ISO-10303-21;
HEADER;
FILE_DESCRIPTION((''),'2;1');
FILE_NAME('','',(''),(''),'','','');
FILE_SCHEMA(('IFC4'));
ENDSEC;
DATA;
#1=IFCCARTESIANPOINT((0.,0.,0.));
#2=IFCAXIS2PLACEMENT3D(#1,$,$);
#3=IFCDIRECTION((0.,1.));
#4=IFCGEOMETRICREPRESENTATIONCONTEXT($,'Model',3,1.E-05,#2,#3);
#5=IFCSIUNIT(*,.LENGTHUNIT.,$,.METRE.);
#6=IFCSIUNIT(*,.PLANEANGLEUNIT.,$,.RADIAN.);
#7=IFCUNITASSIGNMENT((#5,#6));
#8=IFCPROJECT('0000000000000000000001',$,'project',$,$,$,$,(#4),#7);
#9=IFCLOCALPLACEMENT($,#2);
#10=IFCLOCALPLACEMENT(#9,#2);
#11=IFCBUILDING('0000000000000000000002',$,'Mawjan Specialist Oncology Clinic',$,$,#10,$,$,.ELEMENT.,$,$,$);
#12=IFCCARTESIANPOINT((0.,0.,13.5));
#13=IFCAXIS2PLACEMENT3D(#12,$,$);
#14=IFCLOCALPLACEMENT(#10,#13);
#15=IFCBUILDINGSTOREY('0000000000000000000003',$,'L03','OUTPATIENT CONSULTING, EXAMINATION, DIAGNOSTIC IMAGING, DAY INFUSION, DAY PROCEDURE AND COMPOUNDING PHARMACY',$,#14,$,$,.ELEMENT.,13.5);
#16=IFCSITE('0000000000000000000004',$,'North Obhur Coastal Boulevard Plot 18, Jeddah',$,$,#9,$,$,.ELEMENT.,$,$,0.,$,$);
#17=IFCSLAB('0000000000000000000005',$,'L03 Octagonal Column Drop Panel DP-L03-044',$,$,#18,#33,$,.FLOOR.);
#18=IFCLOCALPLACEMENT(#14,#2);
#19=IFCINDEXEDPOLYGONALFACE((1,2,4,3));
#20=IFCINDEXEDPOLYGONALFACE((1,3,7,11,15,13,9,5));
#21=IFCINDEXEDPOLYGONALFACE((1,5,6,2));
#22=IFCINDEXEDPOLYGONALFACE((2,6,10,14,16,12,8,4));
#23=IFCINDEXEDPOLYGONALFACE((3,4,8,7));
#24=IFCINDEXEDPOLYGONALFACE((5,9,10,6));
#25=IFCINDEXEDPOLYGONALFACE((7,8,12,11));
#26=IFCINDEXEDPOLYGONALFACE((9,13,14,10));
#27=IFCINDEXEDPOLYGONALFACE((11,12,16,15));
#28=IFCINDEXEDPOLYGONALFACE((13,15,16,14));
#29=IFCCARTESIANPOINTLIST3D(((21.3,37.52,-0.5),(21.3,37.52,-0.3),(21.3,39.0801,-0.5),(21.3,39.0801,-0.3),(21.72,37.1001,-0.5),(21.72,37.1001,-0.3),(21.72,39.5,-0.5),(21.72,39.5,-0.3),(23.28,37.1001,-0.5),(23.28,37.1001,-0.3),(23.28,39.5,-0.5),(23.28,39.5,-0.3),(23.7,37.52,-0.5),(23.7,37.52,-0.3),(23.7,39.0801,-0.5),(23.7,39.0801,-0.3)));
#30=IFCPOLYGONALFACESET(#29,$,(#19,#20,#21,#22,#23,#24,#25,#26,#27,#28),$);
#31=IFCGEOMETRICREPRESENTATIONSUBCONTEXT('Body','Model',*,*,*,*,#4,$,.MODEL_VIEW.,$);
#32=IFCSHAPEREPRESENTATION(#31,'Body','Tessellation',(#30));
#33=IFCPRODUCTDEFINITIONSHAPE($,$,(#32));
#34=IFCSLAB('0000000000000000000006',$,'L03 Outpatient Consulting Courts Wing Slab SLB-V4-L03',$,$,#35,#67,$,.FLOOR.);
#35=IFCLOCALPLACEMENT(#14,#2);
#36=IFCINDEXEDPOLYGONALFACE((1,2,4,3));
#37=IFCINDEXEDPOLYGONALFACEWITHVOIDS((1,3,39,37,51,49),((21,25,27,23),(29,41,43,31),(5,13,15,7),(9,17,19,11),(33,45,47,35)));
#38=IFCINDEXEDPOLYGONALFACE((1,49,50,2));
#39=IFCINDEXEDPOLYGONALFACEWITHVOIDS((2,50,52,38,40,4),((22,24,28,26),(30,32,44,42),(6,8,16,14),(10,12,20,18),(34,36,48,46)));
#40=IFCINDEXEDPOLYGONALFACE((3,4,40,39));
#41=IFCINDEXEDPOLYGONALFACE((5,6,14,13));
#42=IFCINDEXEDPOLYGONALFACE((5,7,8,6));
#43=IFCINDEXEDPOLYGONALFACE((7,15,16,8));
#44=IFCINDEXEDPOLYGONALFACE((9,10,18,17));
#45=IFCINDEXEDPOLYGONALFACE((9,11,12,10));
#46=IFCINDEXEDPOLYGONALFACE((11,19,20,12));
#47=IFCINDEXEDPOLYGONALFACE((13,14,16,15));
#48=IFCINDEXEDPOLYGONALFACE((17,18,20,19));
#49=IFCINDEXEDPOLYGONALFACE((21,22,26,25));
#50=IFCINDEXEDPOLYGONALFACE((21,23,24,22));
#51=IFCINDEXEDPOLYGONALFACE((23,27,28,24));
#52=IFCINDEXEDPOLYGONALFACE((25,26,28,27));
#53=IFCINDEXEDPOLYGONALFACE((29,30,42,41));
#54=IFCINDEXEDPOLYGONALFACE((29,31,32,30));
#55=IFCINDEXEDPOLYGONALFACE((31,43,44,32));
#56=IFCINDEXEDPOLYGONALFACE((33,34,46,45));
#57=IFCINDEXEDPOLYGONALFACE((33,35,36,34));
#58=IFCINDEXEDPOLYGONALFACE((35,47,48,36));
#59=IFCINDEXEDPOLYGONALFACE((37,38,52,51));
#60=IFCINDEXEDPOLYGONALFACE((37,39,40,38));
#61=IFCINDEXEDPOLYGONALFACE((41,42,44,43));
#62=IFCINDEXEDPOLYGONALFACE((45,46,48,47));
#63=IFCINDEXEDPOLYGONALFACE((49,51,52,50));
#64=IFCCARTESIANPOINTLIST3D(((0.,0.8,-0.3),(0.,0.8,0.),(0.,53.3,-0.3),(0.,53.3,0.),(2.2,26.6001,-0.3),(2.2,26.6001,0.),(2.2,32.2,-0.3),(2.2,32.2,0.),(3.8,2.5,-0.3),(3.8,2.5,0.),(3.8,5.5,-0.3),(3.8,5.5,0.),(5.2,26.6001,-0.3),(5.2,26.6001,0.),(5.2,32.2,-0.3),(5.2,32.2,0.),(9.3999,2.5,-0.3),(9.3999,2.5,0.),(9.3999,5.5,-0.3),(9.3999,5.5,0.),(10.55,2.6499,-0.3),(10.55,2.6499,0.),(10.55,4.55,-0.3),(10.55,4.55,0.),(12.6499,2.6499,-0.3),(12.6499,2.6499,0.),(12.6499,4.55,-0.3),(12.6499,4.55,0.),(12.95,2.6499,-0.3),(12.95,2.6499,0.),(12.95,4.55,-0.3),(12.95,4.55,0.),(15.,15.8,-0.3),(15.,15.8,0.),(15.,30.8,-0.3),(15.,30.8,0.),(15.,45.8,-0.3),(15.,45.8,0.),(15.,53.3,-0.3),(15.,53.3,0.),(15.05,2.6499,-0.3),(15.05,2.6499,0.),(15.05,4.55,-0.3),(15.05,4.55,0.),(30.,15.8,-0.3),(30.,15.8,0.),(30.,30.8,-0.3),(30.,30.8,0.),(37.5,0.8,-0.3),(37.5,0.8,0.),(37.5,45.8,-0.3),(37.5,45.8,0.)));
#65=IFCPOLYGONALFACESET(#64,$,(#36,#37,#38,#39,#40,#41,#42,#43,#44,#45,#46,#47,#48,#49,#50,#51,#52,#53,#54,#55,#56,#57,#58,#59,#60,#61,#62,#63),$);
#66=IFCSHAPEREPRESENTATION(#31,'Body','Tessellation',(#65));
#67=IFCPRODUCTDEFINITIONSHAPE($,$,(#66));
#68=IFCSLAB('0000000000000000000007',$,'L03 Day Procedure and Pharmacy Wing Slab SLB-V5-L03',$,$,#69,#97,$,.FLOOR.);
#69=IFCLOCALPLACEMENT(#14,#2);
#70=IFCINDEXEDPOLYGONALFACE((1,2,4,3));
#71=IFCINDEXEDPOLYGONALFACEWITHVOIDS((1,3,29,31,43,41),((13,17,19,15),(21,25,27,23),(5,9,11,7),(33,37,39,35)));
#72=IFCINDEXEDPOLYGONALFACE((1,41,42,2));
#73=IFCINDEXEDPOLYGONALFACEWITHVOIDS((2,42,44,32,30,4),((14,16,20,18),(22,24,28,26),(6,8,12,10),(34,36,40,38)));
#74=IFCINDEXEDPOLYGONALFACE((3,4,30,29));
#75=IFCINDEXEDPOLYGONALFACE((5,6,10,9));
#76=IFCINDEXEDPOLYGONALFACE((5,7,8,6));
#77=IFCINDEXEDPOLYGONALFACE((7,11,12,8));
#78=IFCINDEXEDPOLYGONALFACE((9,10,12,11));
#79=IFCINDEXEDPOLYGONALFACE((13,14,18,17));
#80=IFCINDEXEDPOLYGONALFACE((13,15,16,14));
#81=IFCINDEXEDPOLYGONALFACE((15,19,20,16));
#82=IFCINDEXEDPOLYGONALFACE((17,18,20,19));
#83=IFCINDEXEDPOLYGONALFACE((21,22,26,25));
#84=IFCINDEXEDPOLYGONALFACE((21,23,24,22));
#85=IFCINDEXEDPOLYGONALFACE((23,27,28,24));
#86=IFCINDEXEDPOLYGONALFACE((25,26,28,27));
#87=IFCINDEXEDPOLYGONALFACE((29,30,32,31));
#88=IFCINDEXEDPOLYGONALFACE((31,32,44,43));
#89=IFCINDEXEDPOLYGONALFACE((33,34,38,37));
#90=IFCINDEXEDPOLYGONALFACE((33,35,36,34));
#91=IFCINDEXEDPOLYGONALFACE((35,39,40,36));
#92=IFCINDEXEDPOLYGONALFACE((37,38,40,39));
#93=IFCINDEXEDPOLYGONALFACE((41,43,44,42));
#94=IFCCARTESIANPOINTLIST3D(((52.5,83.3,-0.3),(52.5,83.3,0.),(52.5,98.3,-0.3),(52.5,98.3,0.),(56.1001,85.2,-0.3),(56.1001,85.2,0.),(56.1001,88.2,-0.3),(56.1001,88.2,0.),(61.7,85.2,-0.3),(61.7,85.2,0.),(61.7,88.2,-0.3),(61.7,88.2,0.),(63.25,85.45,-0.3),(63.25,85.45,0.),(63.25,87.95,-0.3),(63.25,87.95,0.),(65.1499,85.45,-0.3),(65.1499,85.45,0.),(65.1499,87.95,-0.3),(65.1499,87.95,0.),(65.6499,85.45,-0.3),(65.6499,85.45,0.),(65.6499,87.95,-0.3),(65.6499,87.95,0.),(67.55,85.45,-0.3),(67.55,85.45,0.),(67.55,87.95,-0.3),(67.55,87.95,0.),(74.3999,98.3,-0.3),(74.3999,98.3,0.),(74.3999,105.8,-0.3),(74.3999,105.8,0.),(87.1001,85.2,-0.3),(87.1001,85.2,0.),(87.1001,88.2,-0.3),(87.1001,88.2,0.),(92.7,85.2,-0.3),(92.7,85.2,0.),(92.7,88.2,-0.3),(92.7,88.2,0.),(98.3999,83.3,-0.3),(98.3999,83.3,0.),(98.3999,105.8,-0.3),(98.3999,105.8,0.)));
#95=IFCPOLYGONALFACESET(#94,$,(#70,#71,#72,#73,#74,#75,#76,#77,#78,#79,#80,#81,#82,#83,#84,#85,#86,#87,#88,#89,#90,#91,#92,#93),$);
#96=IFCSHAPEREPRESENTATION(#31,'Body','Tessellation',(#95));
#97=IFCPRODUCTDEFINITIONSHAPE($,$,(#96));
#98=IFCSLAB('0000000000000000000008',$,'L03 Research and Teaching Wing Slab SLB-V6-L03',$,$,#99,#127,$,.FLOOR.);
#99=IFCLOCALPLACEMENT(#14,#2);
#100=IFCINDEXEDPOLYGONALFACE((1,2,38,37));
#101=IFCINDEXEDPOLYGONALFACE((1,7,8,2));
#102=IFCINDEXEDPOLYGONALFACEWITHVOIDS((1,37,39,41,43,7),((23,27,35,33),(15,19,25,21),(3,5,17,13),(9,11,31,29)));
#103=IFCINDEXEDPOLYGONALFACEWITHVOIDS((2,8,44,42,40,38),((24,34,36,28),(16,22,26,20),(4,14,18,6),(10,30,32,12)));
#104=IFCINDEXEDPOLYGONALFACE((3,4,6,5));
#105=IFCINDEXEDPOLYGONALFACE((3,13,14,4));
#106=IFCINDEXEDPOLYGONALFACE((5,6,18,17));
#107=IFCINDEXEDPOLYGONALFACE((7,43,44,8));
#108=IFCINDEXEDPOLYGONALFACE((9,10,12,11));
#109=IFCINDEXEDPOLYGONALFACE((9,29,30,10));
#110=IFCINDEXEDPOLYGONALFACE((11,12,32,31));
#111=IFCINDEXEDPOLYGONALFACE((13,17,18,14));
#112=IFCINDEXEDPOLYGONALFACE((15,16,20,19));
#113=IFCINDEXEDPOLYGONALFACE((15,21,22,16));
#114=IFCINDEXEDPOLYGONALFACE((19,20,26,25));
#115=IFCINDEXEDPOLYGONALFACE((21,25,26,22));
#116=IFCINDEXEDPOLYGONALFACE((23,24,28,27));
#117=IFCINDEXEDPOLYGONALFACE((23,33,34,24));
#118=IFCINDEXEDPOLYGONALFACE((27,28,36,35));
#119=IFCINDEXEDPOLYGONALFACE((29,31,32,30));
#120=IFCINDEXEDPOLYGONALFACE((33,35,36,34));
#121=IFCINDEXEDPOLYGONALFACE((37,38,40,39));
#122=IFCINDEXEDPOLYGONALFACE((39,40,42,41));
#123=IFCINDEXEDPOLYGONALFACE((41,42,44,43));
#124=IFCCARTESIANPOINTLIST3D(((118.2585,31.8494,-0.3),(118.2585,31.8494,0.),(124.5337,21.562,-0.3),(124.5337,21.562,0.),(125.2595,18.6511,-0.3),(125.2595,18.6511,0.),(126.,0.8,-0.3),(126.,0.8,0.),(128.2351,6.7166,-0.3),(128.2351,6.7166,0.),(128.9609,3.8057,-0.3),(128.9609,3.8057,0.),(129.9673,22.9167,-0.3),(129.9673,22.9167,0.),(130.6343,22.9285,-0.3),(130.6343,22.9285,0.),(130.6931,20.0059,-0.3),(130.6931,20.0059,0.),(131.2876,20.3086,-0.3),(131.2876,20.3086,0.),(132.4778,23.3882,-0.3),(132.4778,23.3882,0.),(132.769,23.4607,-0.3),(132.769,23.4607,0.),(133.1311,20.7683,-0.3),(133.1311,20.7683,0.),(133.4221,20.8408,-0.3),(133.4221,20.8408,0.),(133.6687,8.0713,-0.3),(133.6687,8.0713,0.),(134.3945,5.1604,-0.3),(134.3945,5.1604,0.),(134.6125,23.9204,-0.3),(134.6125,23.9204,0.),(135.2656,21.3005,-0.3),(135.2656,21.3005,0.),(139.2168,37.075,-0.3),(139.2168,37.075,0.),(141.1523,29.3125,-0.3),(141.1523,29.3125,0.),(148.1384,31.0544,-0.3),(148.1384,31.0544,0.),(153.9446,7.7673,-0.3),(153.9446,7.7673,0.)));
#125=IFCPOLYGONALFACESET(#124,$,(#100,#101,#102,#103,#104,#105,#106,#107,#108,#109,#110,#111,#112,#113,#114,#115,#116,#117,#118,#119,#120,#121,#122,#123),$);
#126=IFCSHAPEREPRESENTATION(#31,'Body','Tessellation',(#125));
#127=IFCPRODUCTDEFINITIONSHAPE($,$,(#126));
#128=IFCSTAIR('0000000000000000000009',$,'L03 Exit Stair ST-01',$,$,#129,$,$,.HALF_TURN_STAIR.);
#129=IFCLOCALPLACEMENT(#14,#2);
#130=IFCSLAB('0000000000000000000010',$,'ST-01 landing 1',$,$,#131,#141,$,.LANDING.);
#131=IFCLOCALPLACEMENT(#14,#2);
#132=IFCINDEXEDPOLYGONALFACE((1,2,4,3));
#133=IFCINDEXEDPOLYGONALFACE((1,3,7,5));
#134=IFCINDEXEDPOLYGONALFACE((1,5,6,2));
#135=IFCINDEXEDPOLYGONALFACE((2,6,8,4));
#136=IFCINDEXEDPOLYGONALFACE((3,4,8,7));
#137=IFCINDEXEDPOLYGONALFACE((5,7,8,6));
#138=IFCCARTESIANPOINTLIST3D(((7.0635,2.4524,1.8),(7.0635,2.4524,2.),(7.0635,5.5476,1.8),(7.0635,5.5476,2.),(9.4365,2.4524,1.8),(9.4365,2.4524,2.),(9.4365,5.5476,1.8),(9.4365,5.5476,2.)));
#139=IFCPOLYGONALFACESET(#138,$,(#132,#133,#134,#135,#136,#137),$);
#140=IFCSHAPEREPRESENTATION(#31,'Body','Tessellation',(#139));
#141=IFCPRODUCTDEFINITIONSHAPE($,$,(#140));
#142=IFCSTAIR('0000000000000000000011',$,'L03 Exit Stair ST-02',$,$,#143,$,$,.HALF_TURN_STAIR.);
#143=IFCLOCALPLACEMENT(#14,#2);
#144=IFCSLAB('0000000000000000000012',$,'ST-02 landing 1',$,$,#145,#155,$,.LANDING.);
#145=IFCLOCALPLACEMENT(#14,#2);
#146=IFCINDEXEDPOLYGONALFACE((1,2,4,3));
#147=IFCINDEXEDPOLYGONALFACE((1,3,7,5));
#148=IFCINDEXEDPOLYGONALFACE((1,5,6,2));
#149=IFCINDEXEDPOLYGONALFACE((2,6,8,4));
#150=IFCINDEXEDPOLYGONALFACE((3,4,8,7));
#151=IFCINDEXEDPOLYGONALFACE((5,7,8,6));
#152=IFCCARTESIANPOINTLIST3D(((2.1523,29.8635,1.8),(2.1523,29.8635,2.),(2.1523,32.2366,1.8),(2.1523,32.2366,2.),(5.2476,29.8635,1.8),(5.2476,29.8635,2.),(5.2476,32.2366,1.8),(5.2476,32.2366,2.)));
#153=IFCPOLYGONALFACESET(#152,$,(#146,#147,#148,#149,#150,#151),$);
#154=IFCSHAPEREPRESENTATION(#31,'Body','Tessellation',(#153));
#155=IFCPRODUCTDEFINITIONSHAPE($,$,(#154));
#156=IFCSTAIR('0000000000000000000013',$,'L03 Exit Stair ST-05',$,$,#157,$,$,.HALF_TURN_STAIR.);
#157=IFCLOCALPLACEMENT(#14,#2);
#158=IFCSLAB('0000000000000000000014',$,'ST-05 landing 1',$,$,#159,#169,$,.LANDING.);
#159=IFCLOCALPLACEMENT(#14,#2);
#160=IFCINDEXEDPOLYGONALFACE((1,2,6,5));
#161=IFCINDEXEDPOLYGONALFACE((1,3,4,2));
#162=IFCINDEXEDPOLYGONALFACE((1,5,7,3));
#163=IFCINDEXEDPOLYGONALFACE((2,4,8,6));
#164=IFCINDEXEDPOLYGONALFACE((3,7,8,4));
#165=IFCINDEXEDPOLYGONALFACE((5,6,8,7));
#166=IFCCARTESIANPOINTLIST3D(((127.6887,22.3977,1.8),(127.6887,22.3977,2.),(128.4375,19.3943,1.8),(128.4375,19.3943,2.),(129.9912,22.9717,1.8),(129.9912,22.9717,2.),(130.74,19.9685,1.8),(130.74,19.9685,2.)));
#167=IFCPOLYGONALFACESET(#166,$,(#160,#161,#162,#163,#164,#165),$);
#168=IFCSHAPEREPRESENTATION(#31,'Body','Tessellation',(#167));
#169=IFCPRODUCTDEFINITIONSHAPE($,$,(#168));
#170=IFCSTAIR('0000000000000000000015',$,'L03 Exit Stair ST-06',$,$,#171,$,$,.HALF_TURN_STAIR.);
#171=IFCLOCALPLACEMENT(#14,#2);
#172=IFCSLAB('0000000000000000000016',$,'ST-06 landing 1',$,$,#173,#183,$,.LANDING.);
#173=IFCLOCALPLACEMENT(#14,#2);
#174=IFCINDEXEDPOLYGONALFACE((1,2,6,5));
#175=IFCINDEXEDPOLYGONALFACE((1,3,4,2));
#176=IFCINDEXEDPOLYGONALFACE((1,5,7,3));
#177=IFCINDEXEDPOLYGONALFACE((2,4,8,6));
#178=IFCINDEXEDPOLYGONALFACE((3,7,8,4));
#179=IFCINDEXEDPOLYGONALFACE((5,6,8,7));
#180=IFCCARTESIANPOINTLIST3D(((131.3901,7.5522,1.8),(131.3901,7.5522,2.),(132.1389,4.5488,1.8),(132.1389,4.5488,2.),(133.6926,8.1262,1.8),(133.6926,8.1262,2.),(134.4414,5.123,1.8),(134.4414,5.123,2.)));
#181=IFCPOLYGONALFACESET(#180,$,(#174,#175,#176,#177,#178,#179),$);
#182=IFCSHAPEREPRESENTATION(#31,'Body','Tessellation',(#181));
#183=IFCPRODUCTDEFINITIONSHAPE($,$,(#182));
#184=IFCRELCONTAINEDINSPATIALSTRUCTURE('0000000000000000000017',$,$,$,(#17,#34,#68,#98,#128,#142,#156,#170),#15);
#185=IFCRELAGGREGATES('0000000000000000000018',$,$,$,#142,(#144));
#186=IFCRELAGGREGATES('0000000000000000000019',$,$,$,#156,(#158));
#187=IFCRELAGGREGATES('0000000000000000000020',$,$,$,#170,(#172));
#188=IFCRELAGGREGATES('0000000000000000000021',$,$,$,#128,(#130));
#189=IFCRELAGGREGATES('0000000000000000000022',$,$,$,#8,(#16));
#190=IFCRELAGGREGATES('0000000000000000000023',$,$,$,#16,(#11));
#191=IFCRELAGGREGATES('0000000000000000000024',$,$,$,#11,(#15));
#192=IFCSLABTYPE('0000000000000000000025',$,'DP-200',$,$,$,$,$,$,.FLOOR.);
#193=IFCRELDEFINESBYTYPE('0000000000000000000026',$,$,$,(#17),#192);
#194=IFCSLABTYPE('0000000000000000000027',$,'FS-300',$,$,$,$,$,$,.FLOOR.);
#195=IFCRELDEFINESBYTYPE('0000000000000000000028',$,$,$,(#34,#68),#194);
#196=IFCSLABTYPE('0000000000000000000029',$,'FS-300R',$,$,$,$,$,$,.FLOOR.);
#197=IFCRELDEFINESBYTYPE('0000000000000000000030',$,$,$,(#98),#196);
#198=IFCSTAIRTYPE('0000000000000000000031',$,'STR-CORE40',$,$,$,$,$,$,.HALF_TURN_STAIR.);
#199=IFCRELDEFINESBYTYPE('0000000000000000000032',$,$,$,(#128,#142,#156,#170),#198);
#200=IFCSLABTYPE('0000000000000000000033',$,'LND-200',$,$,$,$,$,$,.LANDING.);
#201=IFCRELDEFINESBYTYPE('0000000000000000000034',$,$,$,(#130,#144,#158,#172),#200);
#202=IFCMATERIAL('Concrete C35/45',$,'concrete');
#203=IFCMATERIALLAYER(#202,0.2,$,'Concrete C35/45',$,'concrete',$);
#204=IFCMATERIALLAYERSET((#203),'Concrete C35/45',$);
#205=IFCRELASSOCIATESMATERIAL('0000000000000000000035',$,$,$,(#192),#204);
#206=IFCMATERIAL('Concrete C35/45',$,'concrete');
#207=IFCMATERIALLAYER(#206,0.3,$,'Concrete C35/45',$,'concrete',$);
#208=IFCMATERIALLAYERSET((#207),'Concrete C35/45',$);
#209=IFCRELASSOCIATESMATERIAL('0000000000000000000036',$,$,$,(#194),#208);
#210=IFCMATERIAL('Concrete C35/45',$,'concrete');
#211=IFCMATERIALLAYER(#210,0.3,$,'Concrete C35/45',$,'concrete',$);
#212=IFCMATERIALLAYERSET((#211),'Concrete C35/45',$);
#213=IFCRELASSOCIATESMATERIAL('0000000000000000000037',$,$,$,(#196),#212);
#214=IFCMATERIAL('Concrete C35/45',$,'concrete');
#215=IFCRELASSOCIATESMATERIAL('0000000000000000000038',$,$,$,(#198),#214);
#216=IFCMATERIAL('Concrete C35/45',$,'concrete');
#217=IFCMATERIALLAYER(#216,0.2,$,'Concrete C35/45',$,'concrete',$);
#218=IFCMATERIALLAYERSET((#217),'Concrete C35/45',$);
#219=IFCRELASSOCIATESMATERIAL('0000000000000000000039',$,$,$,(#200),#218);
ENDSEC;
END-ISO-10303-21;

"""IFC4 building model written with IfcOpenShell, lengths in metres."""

from ifc_helpers import new_model, si_unit, direction, frame, origin, place, context, subcontext, project, spatial, polyline, outline, extrude, material, layer, layer_set, type_object, element, aggregate, save


model = new_model("IFC4")

# Units and contexts
model_context = context("Model", 3, precision=1e-05, world=origin(), true_north=direction((0.0, 1.0)))
body_context = subcontext(model_context, "Body", "Model", "MODEL_VIEW")
ifc_project = project(units=[si_unit("LENGTHUNIT", "METRE"), si_unit("PLANEANGLEUNIT", "RADIAN")], contexts=[model_context])

# Site, building, storey
site_placement = place(None, origin())
site = spatial("IfcSite", under=ifc_project, at=site_placement, Name="North Obhur Coastal Boulevard Plot 18, Jeddah", CompositionType="ELEMENT", RefElevation=0.0)
building_placement = place(site_placement, origin())
building = spatial("IfcBuilding", under=site, at=building_placement, Name="Mawjan Specialist Oncology Clinic", CompositionType="ELEMENT")
storey_placement = place(building_placement, frame((0.0, 0.0, 13.5)))
storey = spatial("IfcBuildingStorey", under=building, at=storey_placement, Name="L03", Description="OUTPATIENT CONSULTING, EXAMINATION, DIAGNOSTIC IMAGING, DAY INFUSION, DAY PROCEDURE AND COMPOUNDING PHARMACY", CompositionType="ELEMENT", Elevation=13.5)

# Slabs
ifc_material_1 = material(Name="Concrete C35/45", Category="concrete")
ifc_layer_1 = layer(ifc_material_1, 0.2, Name="Concrete C35/45", Category="concrete")
ifc_layer_set_1 = layer_set([ifc_layer_1], Name="Concrete C35/45")
slab_type_1 = type_object("IfcSlabType", Name="DP-200", PredefinedType="FLOOR", material=ifc_layer_set_1)
slab_1_placement = place(storey_placement, frame((0.0, 0.0, -0.5)))
element("IfcSlab", 1, at=slab_1_placement, inside=storey, type_object=slab_type_1, Name="L03 Octagonal Column Drop Panel DP-L03-044", PredefinedType="FLOOR", context=body_context, shape_type="SweptSolid", body=[
    extrude(outline(polyline([(21.72, 37.1001), (23.28, 37.1001), (23.7, 37.52), (23.7, 39.0801), (23.28, 39.5), (21.72, 39.5), (21.3, 39.0801), (21.3, 37.52), (21.72, 37.1001)])), origin(), (0.0, 0.0, 1.0), 0.2),
])
ifc_material_2 = material(Name="Concrete C35/45", Category="concrete")
ifc_layer_2 = layer(ifc_material_2, 0.3, Name="Concrete C35/45", Category="concrete")
ifc_layer_set_2 = layer_set([ifc_layer_2], Name="Concrete C35/45")
slab_type_2 = type_object("IfcSlabType", Name="FS-300", PredefinedType="FLOOR", material=ifc_layer_set_2)
slab_2_placement = place(storey_placement, frame((0.0, 0.0, -0.3)))
element("IfcSlab", 2, at=slab_2_placement, inside=storey, type_object=slab_type_2, Name="L03 Outpatient Consulting Courts Wing Slab SLB-V4-L03", PredefinedType="FLOOR", context=body_context, shape_type="SweptSolid", body=[
    extrude(outline(polyline([(0.0, 0.8), (37.5, 0.8), (37.5, 45.8), (15.0, 45.8), (15.0, 53.3), (0.0, 53.3), (0.0, 0.8)]), holes=[polyline([(15.0, 15.8), (30.0, 15.8), (30.0, 30.8), (15.0, 30.8), (15.0, 15.8)]), polyline([(3.8, 2.5), (9.3999, 2.5), (9.3999, 5.5), (3.8, 5.5), (3.8, 2.5)]), polyline([(10.55, 2.6499), (12.6499, 2.6499), (12.6499, 4.55), (10.55, 4.55), (10.55, 2.6499)]), polyline([(12.95, 2.6499), (15.05, 2.6499), (15.05, 4.55), (12.95, 4.55), (12.95, 2.6499)]), polyline([(5.2, 26.6001), (5.2, 32.2), (2.2, 32.2), (2.2, 26.6001), (5.2, 26.6001)])]), origin(), (0.0, 0.0, 1.0), 0.3),
])
slab_3_placement = place(storey_placement, frame((0.0, 0.0, -0.3)))
element("IfcSlab", 3, at=slab_3_placement, inside=storey, type_object=slab_type_2, Name="L03 Day Procedure and Pharmacy Wing Slab SLB-V5-L03", PredefinedType="FLOOR", context=body_context, shape_type="SweptSolid", body=[
    extrude(outline(polyline([(52.5, 83.3), (98.3999, 83.3), (98.3999, 105.8), (74.3999, 105.8), (74.3999, 98.3), (52.5, 98.3), (52.5, 83.3)]), holes=[polyline([(56.1001, 85.2), (61.7, 85.2), (61.7, 88.2), (56.1001, 88.2), (56.1001, 85.2)]), polyline([(63.25, 85.45), (65.1499, 85.45), (65.1499, 87.95), (63.25, 87.95), (63.25, 85.45)]), polyline([(65.6499, 85.45), (67.55, 85.45), (67.55, 87.95), (65.6499, 87.95), (65.6499, 85.45)]), polyline([(87.1001, 85.2), (92.7, 85.2), (92.7, 88.2), (87.1001, 88.2), (87.1001, 85.2)])]), origin(), (0.0, 0.0, 1.0), 0.3),
])
ifc_material_3 = material(Name="Concrete C35/45", Category="concrete")
ifc_layer_3 = layer(ifc_material_3, 0.3, Name="Concrete C35/45", Category="concrete")
ifc_layer_set_3 = layer_set([ifc_layer_3], Name="Concrete C35/45")
slab_type_3 = type_object("IfcSlabType", Name="FS-300R", PredefinedType="FLOOR", material=ifc_layer_set_3)
slab_4_placement = place(storey_placement, frame((0.0, 0.0, -0.3)))
element("IfcSlab", 4, at=slab_4_placement, inside=storey, type_object=slab_type_3, Name="L03 Research and Teaching Wing Slab SLB-V6-L03", PredefinedType="FLOOR", context=body_context, shape_type="SweptSolid", body=[
    extrude(outline(polyline([(126.0, 0.8), (153.9446, 7.7673), (148.1384, 31.0544), (141.1523, 29.3125), (139.2168, 37.075), (118.2585, 31.8494), (126.0, 0.8)]), holes=[polyline([(125.2595, 18.6511), (130.6931, 20.0059), (129.9673, 22.9167), (124.5337, 21.562), (125.2595, 18.6511)]), polyline([(131.2876, 20.3086), (133.1311, 20.7683), (132.4778, 23.3882), (130.6343, 22.9285), (131.2876, 20.3086)]), polyline([(133.4221, 20.8408), (135.2656, 21.3005), (134.6125, 23.9204), (132.769, 23.4607), (133.4221, 20.8408)]), polyline([(128.9609, 3.8057), (134.3945, 5.1604), (133.6687, 8.0713), (128.2351, 6.7166), (128.9609, 3.8057)])]), origin(), (0.0, 0.0, 1.0), 0.3),
])

# Stairs, slabs
ifc_material_4 = material(Name="Concrete C35/45", Category="concrete")
stair_type = type_object("IfcStairType", Name="STR-CORE40", PredefinedType="HALF_TURN_STAIR", material=ifc_material_4)
stair_1_placement = place(storey_placement, origin())
stair_1 = element("IfcStair", 5, at=stair_1_placement, inside=storey, type_object=stair_type, Name="L03 Exit Stair ST-01", PredefinedType="HALF_TURN_STAIR")
ifc_material_5 = material(Name="Concrete C35/45", Category="concrete")
ifc_layer_4 = layer(ifc_material_5, 0.2, Name="Concrete C35/45", Category="concrete")
ifc_layer_set_4 = layer_set([ifc_layer_4], Name="Concrete C35/45")
slab_type_4 = type_object("IfcSlabType", Name="LND-200", PredefinedType="LANDING", material=ifc_layer_set_4)
slab_5_placement = place(storey_placement, frame((0.0, 0.0, 1.8)))
slab_5 = element("IfcSlab", 6, at=slab_5_placement, type_object=slab_type_4, Name="ST-01 landing 1", PredefinedType="LANDING", context=body_context, shape_type="SweptSolid", body=[
    extrude(outline(polyline([(7.0635, 2.4524), (9.4365, 2.4524), (9.4365, 5.5476), (7.0635, 5.5476), (7.0635, 2.4524)])), origin(), (0.0, 0.0, 1.0), 0.2),
])
stair_2_placement = place(storey_placement, origin())
stair_2 = element("IfcStair", 7, at=stair_2_placement, inside=storey, type_object=stair_type, Name="L03 Exit Stair ST-02", PredefinedType="HALF_TURN_STAIR")
slab_6_placement = place(storey_placement, frame((0.0, 0.0, 1.8)))
slab_6 = element("IfcSlab", 8, at=slab_6_placement, type_object=slab_type_4, Name="ST-02 landing 1", PredefinedType="LANDING", context=body_context, shape_type="SweptSolid", body=[
    extrude(outline(polyline([(5.2476, 29.8635), (5.2476, 32.2366), (2.1523, 32.2366), (2.1523, 29.8635), (5.2476, 29.8635)])), origin(), (0.0, 0.0, 1.0), 0.2),
])
aggregate(stair_2, [slab_6])
stair_3_placement = place(storey_placement, origin())
stair_3 = element("IfcStair", 9, at=stair_3_placement, inside=storey, type_object=stair_type, Name="L03 Exit Stair ST-05", PredefinedType="HALF_TURN_STAIR")
slab_7_placement = place(storey_placement, frame((0.0, 0.0, 1.8)))
slab_7 = element("IfcSlab", 10, at=slab_7_placement, type_object=slab_type_4, Name="ST-05 landing 1", PredefinedType="LANDING", context=body_context, shape_type="SweptSolid", body=[
    extrude(outline(polyline([(128.4375, 19.3943), (130.74, 19.9685), (129.9912, 22.9717), (127.6887, 22.3977), (128.4375, 19.3943)])), origin(), (0.0, 0.0, 1.0), 0.2),
])
aggregate(stair_3, [slab_7])
stair_4_placement = place(storey_placement, origin())
stair_4 = element("IfcStair", 11, at=stair_4_placement, inside=storey, type_object=stair_type, Name="L03 Exit Stair ST-06", PredefinedType="HALF_TURN_STAIR")
slab_8_placement = place(storey_placement, frame((0.0, 0.0, 1.8)))
slab_8 = element("IfcSlab", 12, at=slab_8_placement, type_object=slab_type_4, Name="ST-06 landing 1", PredefinedType="LANDING", context=body_context, shape_type="SweptSolid", body=[
    extrude(outline(polyline([(132.1389, 4.5488), (134.4414, 5.123), (133.6926, 8.1262), (131.3901, 7.5522), (132.1389, 4.5488)])), origin(), (0.0, 0.0, 1.0), 0.2),
])
aggregate(stair_4, [slab_8])

aggregate(stair_1, [slab_5])

save(model, "model.ifc")
